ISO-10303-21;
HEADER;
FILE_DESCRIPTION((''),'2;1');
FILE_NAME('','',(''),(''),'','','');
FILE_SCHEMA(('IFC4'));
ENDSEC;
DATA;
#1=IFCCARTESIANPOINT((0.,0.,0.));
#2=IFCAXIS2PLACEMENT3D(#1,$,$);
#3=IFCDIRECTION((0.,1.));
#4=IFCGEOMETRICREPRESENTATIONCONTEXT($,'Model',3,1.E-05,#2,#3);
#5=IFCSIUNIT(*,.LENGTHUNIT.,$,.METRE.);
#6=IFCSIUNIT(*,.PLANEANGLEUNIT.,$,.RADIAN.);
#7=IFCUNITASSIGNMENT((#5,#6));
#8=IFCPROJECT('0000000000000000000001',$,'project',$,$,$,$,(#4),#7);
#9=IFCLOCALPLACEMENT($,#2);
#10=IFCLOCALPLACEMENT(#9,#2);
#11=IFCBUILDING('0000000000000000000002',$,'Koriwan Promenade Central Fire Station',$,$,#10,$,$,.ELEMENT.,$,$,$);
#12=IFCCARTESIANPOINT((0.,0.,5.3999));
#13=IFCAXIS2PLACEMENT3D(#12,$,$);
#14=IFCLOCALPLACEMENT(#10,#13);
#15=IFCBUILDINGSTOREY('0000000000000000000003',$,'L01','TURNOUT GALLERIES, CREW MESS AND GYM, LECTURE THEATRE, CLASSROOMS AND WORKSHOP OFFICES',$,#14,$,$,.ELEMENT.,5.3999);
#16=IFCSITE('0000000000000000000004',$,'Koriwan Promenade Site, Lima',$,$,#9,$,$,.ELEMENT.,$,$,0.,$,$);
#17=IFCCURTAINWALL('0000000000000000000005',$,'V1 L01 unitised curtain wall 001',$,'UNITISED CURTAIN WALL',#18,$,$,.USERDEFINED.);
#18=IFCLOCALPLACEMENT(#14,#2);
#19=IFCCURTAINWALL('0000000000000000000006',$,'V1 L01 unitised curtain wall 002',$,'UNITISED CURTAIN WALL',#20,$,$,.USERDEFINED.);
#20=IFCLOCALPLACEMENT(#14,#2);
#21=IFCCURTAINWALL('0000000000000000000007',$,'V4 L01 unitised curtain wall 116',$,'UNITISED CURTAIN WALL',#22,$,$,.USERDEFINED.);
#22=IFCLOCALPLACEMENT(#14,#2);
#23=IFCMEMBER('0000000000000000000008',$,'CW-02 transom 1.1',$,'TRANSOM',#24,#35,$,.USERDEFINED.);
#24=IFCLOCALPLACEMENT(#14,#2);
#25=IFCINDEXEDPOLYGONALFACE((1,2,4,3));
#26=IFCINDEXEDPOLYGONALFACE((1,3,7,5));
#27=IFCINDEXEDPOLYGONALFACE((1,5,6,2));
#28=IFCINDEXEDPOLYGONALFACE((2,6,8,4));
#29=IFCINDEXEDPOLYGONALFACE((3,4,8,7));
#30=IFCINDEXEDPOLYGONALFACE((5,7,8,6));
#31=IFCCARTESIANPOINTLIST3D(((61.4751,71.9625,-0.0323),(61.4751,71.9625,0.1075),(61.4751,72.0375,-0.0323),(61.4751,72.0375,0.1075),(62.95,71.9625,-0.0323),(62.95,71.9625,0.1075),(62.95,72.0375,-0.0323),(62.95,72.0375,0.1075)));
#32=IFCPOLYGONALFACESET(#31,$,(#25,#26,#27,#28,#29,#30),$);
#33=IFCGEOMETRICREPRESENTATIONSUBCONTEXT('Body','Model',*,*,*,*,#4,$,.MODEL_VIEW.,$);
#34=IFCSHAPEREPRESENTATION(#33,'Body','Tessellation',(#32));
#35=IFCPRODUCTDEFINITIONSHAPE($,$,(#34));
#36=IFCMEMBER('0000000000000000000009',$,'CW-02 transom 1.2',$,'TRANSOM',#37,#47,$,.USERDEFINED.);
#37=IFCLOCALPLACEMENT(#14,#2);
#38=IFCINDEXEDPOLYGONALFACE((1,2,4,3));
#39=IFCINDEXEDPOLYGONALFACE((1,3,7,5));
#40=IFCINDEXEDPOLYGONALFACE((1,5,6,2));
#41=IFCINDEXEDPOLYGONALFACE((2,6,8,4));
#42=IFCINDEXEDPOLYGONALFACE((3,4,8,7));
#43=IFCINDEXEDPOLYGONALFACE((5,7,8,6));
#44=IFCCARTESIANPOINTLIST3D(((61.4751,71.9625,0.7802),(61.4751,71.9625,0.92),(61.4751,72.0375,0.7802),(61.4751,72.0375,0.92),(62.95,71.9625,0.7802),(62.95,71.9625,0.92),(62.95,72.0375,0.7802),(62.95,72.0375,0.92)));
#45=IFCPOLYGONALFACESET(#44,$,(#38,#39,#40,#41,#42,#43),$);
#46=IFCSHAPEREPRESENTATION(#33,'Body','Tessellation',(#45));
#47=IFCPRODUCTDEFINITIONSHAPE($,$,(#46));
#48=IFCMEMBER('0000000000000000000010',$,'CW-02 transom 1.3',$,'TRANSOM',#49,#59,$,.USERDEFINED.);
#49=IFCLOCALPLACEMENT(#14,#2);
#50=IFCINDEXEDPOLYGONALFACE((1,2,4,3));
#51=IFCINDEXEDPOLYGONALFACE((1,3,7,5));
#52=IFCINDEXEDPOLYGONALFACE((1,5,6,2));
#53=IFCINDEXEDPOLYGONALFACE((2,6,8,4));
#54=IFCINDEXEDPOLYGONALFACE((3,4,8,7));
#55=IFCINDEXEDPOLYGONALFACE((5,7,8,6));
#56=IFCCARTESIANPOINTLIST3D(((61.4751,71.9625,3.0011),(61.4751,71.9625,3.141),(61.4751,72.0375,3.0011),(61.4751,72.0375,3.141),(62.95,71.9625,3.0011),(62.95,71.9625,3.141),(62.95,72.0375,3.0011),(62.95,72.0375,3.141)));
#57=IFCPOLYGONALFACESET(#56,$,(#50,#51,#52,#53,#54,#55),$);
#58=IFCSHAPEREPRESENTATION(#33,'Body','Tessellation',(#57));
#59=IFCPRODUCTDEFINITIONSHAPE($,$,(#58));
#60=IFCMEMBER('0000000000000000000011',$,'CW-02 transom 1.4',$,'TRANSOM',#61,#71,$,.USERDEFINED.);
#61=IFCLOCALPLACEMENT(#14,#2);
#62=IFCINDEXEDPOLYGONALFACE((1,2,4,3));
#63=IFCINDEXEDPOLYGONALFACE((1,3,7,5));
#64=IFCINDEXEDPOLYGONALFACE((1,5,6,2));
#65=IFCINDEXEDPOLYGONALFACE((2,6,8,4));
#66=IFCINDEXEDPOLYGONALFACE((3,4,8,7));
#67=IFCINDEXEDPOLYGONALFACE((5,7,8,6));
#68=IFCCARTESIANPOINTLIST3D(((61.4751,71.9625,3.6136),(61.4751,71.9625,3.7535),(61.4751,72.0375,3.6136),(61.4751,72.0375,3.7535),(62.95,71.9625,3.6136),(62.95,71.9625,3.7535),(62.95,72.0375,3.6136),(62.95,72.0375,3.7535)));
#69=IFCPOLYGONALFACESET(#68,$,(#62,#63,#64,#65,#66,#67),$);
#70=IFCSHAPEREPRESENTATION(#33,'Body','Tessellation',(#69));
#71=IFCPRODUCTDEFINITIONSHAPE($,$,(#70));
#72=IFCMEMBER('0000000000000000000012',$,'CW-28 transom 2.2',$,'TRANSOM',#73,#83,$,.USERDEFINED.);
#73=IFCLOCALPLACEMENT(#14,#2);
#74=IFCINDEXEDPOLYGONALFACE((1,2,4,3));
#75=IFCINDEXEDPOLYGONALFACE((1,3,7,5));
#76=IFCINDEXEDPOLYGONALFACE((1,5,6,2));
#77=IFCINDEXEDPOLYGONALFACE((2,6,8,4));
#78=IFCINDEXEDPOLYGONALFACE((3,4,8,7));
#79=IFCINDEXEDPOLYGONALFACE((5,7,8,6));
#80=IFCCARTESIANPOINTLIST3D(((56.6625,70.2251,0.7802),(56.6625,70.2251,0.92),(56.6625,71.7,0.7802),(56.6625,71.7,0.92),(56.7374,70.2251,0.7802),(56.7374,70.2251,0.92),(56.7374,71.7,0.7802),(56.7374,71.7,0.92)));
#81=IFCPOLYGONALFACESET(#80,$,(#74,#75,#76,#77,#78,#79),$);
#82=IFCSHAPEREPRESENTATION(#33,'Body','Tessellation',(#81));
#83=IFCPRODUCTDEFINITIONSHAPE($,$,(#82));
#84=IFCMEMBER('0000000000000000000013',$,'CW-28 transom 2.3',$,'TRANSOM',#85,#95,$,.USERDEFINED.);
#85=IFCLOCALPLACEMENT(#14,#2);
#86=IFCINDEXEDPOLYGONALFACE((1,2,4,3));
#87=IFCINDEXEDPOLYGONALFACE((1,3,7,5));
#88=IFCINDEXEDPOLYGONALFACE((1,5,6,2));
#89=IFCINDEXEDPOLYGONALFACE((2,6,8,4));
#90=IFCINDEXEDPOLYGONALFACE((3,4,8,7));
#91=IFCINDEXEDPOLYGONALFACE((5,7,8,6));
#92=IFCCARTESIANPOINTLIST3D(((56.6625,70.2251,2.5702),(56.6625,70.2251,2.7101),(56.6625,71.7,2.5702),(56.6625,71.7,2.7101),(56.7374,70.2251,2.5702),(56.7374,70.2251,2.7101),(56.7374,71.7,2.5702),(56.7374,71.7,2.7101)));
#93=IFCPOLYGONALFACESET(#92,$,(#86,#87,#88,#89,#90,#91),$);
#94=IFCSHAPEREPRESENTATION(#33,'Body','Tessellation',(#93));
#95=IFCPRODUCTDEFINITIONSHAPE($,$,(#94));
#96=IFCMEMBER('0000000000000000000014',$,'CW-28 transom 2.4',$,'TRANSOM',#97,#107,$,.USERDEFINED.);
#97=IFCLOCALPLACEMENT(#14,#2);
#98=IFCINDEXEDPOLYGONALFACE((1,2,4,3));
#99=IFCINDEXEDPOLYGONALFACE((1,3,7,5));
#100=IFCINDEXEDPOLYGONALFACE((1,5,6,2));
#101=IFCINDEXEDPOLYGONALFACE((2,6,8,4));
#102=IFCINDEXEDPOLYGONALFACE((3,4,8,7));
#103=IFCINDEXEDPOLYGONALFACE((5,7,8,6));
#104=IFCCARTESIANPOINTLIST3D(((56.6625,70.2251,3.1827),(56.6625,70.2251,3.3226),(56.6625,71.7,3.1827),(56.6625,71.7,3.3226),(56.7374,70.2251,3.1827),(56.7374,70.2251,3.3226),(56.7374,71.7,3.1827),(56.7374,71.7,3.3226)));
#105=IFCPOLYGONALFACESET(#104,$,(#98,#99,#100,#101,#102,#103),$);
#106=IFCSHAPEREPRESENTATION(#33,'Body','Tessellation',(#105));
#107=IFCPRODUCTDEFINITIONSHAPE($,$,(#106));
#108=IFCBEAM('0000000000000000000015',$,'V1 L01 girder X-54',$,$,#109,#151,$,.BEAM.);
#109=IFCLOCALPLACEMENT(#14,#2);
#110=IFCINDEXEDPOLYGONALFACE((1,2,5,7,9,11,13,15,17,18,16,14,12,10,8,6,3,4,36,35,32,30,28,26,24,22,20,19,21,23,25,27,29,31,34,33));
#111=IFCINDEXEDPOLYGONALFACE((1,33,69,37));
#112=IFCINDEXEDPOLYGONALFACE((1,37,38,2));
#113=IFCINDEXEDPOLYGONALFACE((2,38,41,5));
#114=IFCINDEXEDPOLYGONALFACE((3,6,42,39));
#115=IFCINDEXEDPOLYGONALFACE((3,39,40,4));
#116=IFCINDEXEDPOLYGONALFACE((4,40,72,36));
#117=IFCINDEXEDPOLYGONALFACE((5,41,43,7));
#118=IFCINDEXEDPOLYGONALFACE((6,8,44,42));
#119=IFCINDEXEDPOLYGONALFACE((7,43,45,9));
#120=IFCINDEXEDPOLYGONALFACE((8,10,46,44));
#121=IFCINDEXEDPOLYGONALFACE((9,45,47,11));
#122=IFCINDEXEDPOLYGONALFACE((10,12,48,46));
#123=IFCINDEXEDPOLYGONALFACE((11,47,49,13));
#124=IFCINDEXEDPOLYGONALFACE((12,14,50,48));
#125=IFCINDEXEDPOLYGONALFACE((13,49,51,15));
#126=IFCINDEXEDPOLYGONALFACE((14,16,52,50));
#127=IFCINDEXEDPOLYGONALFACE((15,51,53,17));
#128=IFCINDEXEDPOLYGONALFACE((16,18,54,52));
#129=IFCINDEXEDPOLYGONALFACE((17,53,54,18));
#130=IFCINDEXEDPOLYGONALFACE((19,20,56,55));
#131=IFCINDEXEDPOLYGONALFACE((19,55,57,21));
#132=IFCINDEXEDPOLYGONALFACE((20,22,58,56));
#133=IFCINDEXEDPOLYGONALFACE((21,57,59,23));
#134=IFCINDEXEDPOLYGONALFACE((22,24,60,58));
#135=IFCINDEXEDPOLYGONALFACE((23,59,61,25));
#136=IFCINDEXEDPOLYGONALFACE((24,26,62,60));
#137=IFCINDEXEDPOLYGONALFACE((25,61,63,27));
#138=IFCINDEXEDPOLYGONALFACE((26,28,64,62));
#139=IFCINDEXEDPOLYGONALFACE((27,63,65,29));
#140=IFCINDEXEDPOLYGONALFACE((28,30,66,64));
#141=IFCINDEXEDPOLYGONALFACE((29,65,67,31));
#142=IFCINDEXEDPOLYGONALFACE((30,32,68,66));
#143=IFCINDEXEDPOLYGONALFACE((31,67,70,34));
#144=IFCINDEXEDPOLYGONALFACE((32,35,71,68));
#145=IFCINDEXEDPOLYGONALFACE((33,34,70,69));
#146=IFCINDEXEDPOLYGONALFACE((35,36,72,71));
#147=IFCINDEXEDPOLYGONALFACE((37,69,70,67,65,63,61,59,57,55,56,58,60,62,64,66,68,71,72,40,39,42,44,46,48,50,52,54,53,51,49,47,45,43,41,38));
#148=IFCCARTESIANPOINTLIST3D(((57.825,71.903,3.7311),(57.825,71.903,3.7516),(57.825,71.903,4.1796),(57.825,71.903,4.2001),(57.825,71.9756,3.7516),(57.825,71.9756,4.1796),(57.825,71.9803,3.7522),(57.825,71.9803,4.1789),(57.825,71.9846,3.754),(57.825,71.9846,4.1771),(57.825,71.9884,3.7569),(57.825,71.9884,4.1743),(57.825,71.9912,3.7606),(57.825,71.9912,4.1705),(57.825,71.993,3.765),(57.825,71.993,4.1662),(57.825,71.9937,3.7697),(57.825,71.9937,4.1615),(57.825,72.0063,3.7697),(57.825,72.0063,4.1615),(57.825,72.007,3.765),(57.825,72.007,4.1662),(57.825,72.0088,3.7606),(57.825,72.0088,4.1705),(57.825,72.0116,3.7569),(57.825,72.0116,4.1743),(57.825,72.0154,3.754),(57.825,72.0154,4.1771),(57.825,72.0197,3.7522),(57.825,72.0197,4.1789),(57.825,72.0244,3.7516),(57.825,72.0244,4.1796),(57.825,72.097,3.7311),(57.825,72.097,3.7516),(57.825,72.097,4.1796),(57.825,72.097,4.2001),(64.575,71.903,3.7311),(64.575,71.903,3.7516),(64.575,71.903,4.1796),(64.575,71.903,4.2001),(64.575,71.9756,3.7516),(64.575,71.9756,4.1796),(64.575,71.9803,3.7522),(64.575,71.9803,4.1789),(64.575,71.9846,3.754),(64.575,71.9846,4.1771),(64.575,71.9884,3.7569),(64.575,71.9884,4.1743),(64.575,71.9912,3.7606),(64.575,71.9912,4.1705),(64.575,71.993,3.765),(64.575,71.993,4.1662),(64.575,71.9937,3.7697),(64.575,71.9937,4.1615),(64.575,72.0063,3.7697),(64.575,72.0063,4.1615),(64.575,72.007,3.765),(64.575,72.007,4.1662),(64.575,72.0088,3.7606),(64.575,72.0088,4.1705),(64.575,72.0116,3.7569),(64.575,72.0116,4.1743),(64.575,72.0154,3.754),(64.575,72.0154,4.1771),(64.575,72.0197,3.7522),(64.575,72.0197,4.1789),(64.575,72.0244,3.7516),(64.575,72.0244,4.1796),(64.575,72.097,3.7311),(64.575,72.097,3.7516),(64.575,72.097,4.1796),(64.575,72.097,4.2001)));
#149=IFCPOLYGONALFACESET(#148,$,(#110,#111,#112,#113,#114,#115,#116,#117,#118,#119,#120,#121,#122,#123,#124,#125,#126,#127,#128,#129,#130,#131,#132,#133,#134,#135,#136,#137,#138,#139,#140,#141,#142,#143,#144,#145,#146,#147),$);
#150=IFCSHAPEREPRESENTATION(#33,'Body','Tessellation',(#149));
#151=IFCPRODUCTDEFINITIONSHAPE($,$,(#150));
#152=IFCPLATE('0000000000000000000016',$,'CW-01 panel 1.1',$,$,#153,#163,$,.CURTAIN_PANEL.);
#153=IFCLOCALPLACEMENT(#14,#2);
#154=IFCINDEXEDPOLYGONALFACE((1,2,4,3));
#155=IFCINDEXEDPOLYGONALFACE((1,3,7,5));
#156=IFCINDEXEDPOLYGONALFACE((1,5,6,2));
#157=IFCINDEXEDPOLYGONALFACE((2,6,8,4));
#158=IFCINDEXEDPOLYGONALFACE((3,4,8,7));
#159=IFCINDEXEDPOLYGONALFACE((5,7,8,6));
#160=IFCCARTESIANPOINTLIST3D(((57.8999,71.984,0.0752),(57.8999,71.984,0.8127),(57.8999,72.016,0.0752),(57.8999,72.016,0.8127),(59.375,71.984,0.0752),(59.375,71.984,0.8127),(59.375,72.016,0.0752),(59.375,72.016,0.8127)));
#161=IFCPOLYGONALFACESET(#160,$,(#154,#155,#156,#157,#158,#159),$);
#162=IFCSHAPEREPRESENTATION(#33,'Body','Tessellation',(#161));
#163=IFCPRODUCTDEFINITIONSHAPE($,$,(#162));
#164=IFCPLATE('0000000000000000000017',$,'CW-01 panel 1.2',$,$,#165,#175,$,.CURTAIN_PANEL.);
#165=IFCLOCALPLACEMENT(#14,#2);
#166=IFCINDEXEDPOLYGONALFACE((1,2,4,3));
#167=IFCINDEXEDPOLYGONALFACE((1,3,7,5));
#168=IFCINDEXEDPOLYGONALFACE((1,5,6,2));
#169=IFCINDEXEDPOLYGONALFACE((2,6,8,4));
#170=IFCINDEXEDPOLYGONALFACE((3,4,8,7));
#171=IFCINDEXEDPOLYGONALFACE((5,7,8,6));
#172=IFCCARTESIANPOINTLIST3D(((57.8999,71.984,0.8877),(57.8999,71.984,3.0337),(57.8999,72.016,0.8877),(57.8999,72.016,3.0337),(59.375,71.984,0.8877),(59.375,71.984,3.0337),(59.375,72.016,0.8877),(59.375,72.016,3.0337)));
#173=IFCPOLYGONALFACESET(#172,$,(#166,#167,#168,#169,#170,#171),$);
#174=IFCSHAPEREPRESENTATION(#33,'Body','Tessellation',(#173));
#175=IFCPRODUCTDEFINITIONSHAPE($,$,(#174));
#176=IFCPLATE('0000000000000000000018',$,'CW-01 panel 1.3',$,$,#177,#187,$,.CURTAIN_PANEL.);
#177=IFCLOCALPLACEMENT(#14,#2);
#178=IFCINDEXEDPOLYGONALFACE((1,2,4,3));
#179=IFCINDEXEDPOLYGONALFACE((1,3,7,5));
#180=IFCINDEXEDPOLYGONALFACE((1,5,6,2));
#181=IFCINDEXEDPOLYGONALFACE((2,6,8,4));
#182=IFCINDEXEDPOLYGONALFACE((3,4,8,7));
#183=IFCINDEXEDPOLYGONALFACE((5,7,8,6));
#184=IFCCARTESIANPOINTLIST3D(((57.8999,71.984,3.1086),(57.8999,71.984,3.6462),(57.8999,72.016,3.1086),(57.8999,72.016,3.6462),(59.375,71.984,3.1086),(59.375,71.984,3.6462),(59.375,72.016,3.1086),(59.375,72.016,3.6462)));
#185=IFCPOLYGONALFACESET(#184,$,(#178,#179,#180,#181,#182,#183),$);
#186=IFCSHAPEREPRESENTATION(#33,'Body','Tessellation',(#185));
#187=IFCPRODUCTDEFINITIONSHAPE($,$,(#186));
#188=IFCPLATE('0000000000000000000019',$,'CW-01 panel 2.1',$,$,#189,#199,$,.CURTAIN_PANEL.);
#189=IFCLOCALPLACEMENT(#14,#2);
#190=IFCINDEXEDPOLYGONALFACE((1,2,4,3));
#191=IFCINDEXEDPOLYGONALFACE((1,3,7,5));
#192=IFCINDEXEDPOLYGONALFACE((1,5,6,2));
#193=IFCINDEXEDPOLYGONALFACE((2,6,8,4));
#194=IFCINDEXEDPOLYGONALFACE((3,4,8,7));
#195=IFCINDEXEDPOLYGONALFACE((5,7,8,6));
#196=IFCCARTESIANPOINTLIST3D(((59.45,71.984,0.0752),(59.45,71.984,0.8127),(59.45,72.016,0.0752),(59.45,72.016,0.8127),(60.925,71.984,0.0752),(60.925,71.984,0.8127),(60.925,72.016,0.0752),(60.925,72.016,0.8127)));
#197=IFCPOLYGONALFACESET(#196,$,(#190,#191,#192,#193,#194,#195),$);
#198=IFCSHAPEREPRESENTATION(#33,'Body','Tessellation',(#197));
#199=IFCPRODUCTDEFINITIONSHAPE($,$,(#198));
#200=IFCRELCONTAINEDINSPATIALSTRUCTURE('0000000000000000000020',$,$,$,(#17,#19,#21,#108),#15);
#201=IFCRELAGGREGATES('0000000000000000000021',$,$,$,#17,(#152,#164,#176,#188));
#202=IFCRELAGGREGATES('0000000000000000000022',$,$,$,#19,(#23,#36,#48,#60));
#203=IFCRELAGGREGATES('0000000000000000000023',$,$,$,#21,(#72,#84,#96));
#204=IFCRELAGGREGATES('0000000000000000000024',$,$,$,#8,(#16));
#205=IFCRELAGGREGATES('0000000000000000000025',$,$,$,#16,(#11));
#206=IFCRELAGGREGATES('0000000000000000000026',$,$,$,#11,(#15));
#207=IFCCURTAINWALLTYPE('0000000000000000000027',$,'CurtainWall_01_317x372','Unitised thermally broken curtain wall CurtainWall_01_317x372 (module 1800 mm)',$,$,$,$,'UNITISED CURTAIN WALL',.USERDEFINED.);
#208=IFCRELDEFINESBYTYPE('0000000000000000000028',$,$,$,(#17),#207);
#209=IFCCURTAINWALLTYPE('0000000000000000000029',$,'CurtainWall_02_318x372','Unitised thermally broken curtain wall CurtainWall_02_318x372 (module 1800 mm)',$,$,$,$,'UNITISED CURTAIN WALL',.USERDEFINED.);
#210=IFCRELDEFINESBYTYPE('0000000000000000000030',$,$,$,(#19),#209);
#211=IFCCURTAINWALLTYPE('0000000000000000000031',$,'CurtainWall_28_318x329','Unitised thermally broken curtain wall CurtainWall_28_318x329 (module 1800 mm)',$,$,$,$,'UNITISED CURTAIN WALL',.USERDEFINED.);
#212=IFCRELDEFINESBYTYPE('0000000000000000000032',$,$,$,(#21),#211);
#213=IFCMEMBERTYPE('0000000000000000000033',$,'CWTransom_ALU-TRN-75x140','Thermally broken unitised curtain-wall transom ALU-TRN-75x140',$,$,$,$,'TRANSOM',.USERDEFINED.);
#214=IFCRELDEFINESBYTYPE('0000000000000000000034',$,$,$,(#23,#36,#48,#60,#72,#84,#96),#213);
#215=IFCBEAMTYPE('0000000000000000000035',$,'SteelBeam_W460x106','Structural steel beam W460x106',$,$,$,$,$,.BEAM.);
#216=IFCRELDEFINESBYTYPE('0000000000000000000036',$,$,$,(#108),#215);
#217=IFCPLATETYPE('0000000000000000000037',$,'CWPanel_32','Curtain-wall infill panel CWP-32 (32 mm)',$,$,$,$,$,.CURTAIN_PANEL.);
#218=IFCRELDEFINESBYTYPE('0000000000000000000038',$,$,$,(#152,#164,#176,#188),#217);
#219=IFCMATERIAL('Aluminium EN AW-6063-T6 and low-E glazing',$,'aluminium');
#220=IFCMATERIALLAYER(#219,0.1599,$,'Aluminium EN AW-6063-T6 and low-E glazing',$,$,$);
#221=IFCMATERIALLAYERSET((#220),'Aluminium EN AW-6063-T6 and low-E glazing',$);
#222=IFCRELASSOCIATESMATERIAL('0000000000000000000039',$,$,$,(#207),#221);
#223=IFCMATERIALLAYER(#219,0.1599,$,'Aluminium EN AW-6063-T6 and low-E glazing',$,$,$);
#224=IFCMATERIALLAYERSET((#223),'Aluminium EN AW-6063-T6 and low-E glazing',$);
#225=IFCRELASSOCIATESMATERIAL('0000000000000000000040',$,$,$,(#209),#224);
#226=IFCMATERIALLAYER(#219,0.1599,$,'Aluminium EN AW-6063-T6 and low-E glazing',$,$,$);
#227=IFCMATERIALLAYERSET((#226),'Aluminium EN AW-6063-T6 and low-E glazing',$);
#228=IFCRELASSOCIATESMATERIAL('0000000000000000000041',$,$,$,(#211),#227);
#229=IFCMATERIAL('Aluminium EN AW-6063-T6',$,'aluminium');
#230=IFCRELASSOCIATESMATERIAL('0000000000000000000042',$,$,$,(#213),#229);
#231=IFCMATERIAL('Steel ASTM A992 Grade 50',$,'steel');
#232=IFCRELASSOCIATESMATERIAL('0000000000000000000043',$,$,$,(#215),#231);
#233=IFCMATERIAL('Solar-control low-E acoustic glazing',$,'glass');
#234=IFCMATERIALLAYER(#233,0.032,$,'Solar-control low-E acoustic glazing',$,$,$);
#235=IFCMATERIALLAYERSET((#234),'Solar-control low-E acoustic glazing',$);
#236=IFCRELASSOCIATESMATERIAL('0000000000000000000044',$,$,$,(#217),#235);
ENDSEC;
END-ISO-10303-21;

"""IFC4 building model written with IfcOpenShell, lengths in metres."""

from ifc_helpers import new_model, si_unit, direction, frame, origin, origin_2d, place, context, subcontext, project, spatial, rectangle, i_section, extrude, material, layer, layer_set, material_profile, profile_set, type_object, element, aggregate, save


model = new_model("IFC4")

# Units and contexts
model_context = context("Model", 3, precision=1e-05, world=origin(), true_north=direction((0.0, 1.0)))
body_context = subcontext(model_context, "Body", "Model", "MODEL_VIEW")
ifc_project = project(units=[si_unit("LENGTHUNIT", "METRE"), si_unit("PLANEANGLEUNIT", "RADIAN")], contexts=[model_context])

# Site, building, storey
site_placement = place(None, origin())
site = spatial("IfcSite", under=ifc_project, at=site_placement, Name="Koriwan Promenade Site, Lima", CompositionType="ELEMENT", RefElevation=0.0)
building_placement = place(site_placement, origin())
building = spatial("IfcBuilding", under=site, at=building_placement, Name="Koriwan Promenade Central Fire Station", CompositionType="ELEMENT")
storey_placement = place(building_placement, frame((0.0, 0.0, 5.3999)))
storey = spatial("IfcBuildingStorey", under=building, at=storey_placement, Name="L01", Description="TURNOUT GALLERIES, CREW MESS AND GYM, LECTURE THEATRE, CLASSROOMS AND WORKSHOP OFFICES", CompositionType="ELEMENT", Elevation=5.3999)

# Curtain wall
ifc_material_1 = material(Name="Aluminium EN AW-6063-T6 and low-E glazing", Category="aluminium")
ifc_layer_1 = layer(ifc_material_1, 0.1599, Name="Aluminium EN AW-6063-T6 and low-E glazing")
ifc_layer_set_1 = layer_set([ifc_layer_1], Name="Aluminium EN AW-6063-T6 and low-E glazing")
curtain_wall_type_1 = type_object("IfcCurtainWallType", Name="CurtainWall_01_317x372", Description="Unitised thermally broken curtain wall CurtainWall_01_317x372 (module 1800 mm)", ElementType="UNITISED CURTAIN WALL", PredefinedType="USERDEFINED", material=ifc_layer_set_1)
curtain_wall_1_placement = place(storey_placement, origin())
curtain_wall_1 = element("IfcCurtainWall", 1, at=curtain_wall_1_placement, inside=storey, type_object=curtain_wall_type_1, Name="V1 L01 unitised curtain wall 001", ObjectType="UNITISED CURTAIN WALL", PredefinedType="USERDEFINED")
ifc_material_2 = material(Name="Aluminium EN AW-6063-T6", Category="aluminium")

# Curtain walls
ifc_layer_2 = layer(ifc_material_1, 0.1599, Name="Aluminium EN AW-6063-T6 and low-E glazing")
ifc_layer_set_2 = layer_set([ifc_layer_2], Name="Aluminium EN AW-6063-T6 and low-E glazing")
curtain_wall_type_2 = type_object("IfcCurtainWallType", Name="CurtainWall_02_318x372", Description="Unitised thermally broken curtain wall CurtainWall_02_318x372 (module 1800 mm)", ElementType="UNITISED CURTAIN WALL", PredefinedType="USERDEFINED", material=ifc_layer_set_2)
curtain_wall_2_placement = place(storey_placement, origin())
curtain_wall_2 = element("IfcCurtainWall", 2, at=curtain_wall_2_placement, inside=storey, type_object=curtain_wall_type_2, Name="V1 L01 unitised curtain wall 002", ObjectType="UNITISED CURTAIN WALL", PredefinedType="USERDEFINED")
ifc_layer_3 = layer(ifc_material_1, 0.1599, Name="Aluminium EN AW-6063-T6 and low-E glazing")
ifc_layer_set_3 = layer_set([ifc_layer_3], Name="Aluminium EN AW-6063-T6 and low-E glazing")
curtain_wall_type_3 = type_object("IfcCurtainWallType", Name="CurtainWall_28_318x329", Description="Unitised thermally broken curtain wall CurtainWall_28_318x329 (module 1800 mm)", ElementType="UNITISED CURTAIN WALL", PredefinedType="USERDEFINED", material=ifc_layer_set_3)
curtain_wall_3_placement = place(storey_placement, origin())
curtain_wall_3 = element("IfcCurtainWall", 3, at=curtain_wall_3_placement, inside=storey, type_object=curtain_wall_type_3, Name="V4 L01 unitised curtain wall 116", ObjectType="UNITISED CURTAIN WALL", PredefinedType="USERDEFINED")

# Members
ifc_material_profile_1 = material_profile(ifc_material_2, rectangle(XDim=0.075, YDim=0.1399, at=origin_2d()), Name="ALU-TRN-75x140")
ifc_profile_set_1 = profile_set([ifc_material_profile_1], Name="Aluminium EN AW-6063-T6")
member_type_1 = type_object("IfcMemberType", Name="CWTransom_ALU-TRN-75x140", Description="Thermally broken unitised curtain-wall transom ALU-TRN-75x140", ElementType="TRANSOM", PredefinedType="USERDEFINED", material=ifc_profile_set_1)
member_1_placement = place(storey_placement, frame((61.4751, 72.0, 0.0376), z_axis=(1.0, 0.0, 0.0), x_axis=(0.0, 1.0, 0.0)))
member_1 = element("IfcMember", 4, at=member_1_placement, type_object=member_type_1, Name="CW-02 transom 1.1", ObjectType="TRANSOM", PredefinedType="USERDEFINED", context=body_context, shape_type="SweptSolid", body=[
    extrude(rectangle(XDim=0.075, YDim=0.1399, at=origin_2d()), origin(), (0.0, 0.0, 1.0), 1.4749),
])
member_2_placement = place(storey_placement, frame((61.4751, 72.0, 0.8501), z_axis=(1.0, 0.0, 0.0), x_axis=(0.0, 1.0, 0.0)))
member_2 = element("IfcMember", 5, at=member_2_placement, type_object=member_type_1, Name="CW-02 transom 1.2", ObjectType="TRANSOM", PredefinedType="USERDEFINED", context=body_context, shape_type="SweptSolid", body=[
    extrude(rectangle(XDim=0.075, YDim=0.1399, at=origin_2d()), origin(), (0.0, 0.0, 1.0), 1.4749),
])
member_3_placement = place(storey_placement, frame((61.4751, 72.0, 3.071), z_axis=(1.0, 0.0, 0.0), x_axis=(0.0, 1.0, 0.0)))
member_3 = element("IfcMember", 6, at=member_3_placement, type_object=member_type_1, Name="CW-02 transom 1.3", ObjectType="TRANSOM", PredefinedType="USERDEFINED", context=body_context, shape_type="SweptSolid", body=[
    extrude(rectangle(XDim=0.075, YDim=0.1399, at=origin_2d()), origin(), (0.0, 0.0, 1.0), 1.4749),
])
member_4_placement = place(storey_placement, frame((61.4751, 72.0, 3.6836), z_axis=(1.0, 0.0, 0.0), x_axis=(0.0, 1.0, 0.0)))
member_4 = element("IfcMember", 7, at=member_4_placement, type_object=member_type_1, Name="CW-02 transom 1.4", ObjectType="TRANSOM", PredefinedType="USERDEFINED", context=body_context, shape_type="SweptSolid", body=[
    extrude(rectangle(XDim=0.075, YDim=0.1399, at=origin_2d()), origin(), (0.0, 0.0, 1.0), 1.4749),
])
member_5_placement = place(storey_placement, frame((56.7, 70.2251, 0.8501), z_axis=(0.0, 1.0, 0.0), x_axis=(-1.0, 0.0, 0.0)))
member_5 = element("IfcMember", 8, at=member_5_placement, type_object=member_type_1, Name="CW-28 transom 2.2", ObjectType="TRANSOM", PredefinedType="USERDEFINED", context=body_context, shape_type="SweptSolid", body=[
    extrude(rectangle(XDim=0.075, YDim=0.1399, at=origin_2d()), origin(), (0.0, 0.0, 1.0), 1.4749),
])
member_6_placement = place(storey_placement, frame((56.7, 70.2251, 2.6401), z_axis=(0.0, 1.0, 0.0), x_axis=(-1.0, 0.0, 0.0)))
member_6 = element("IfcMember", 9, at=member_6_placement, type_object=member_type_1, Name="CW-28 transom 2.3", ObjectType="TRANSOM", PredefinedType="USERDEFINED", context=body_context, shape_type="SweptSolid", body=[
    extrude(rectangle(XDim=0.075, YDim=0.1399, at=origin_2d()), origin(), (0.0, 0.0, 1.0), 1.4749),
])
member_7_placement = place(storey_placement, frame((56.7, 70.2251, 3.2527), z_axis=(0.0, 1.0, 0.0), x_axis=(-1.0, 0.0, 0.0)))
member_7 = element("IfcMember", 10, at=member_7_placement, type_object=member_type_1, Name="CW-28 transom 2.4", ObjectType="TRANSOM", PredefinedType="USERDEFINED", context=body_context, shape_type="SweptSolid", body=[
    extrude(rectangle(XDim=0.075, YDim=0.1399, at=origin_2d()), origin(), (0.0, 0.0, 1.0), 1.4749),
])

# Beam
ifc_material_3 = material(Name="Steel ASTM A992 Grade 50", Category="steel")
ifc_material_profile_2 = material_profile(ifc_material_3, i_section(OverallWidth=0.1941, OverallDepth=0.469, WebThickness=0.0127, FlangeThickness=0.0205, FilletRadius=0.0181, at=origin_2d()), Name="W460x106")
ifc_profile_set_2 = profile_set([ifc_material_profile_2], Name="Steel ASTM A992 Grade 50")
beam_type = type_object("IfcBeamType", Name="SteelBeam_W460x106", Description="Structural steel beam W460x106", PredefinedType="BEAM", material=ifc_profile_set_2)
beam_placement = place(storey_placement, frame((57.825, 72.0, 3.9656), z_axis=(1.0, 0.0, 0.0), x_axis=(0.0, 1.0, 0.0)))
element("IfcBeam", 11, at=beam_placement, inside=storey, type_object=beam_type, Name="V1 L01 girder X-54", PredefinedType="BEAM", context=body_context, shape_type="SweptSolid", body=[
    extrude(i_section(OverallWidth=0.1941, OverallDepth=0.469, WebThickness=0.0127, FlangeThickness=0.0205, FilletRadius=0.0181, at=origin_2d()), origin(), (0.0, 0.0, 1.0), 6.75),
])

# Plates
ifc_material_4 = material(Name="Solar-control low-E acoustic glazing", Category="glass")
ifc_layer_4 = layer(ifc_material_4, 0.032, Name="Solar-control low-E acoustic glazing")
ifc_layer_set_4 = layer_set([ifc_layer_4], Name="Solar-control low-E acoustic glazing")
plate_type = type_object("IfcPlateType", Name="CWPanel_32", Description="Curtain-wall infill panel CWP-32 (32 mm)", PredefinedType="CURTAIN_PANEL", material=ifc_layer_set_4)
plate_1_placement = place(storey_placement, frame((58.6375, 72.0, 0.0752), z_axis=(0.0, 0.0, 1.0), x_axis=(1.0, 0.0, 0.0)))
plate_1 = element("IfcPlate", 12, at=plate_1_placement, type_object=plate_type, Name="CW-01 panel 1.1", PredefinedType="CURTAIN_PANEL", context=body_context, shape_type="SweptSolid", body=[
    extrude(rectangle(XDim=1.4751, YDim=0.032, at=origin_2d()), origin(), (0.0, 0.0, 1.0), 0.7375),
])
plate_2_placement = place(storey_placement, frame((58.6375, 72.0, 0.8877), z_axis=(0.0, 0.0, 1.0), x_axis=(1.0, 0.0, 0.0)))
plate_2 = element("IfcPlate", 13, at=plate_2_placement, type_object=plate_type, Name="CW-01 panel 1.2", PredefinedType="CURTAIN_PANEL", context=body_context, shape_type="SweptSolid", body=[
    extrude(rectangle(XDim=1.4751, YDim=0.032, at=origin_2d()), origin(), (0.0, 0.0, 1.0), 2.146),
])
plate_3_placement = place(storey_placement, frame((58.6375, 72.0, 3.1086), z_axis=(0.0, 0.0, 1.0), x_axis=(1.0, 0.0, 0.0)))
plate_3 = element("IfcPlate", 14, at=plate_3_placement, type_object=plate_type, Name="CW-01 panel 1.3", PredefinedType="CURTAIN_PANEL", context=body_context, shape_type="SweptSolid", body=[
    extrude(rectangle(XDim=1.4751, YDim=0.032, at=origin_2d()), origin(), (0.0, 0.0, 1.0), 0.5376),
])
plate_4_placement = place(storey_placement, frame((60.1875, 72.0, 0.0752), z_axis=(0.0, 0.0, 1.0), x_axis=(1.0, 0.0, 0.0)))
plate_4 = element("IfcPlate", 15, at=plate_4_placement, type_object=plate_type, Name="CW-01 panel 2.1", PredefinedType="CURTAIN_PANEL", context=body_context, shape_type="SweptSolid", body=[
    extrude(rectangle(XDim=1.4751, YDim=0.032, at=origin_2d()), origin(), (0.0, 0.0, 1.0), 0.7375),
])
aggregate(curtain_wall_1, [plate_1, plate_2, plate_3, plate_4])
aggregate(curtain_wall_2, [member_1, member_2, member_3, member_4])
aggregate(curtain_wall_3, [member_5, member_6, member_7])

save(model, "model.ifc")
